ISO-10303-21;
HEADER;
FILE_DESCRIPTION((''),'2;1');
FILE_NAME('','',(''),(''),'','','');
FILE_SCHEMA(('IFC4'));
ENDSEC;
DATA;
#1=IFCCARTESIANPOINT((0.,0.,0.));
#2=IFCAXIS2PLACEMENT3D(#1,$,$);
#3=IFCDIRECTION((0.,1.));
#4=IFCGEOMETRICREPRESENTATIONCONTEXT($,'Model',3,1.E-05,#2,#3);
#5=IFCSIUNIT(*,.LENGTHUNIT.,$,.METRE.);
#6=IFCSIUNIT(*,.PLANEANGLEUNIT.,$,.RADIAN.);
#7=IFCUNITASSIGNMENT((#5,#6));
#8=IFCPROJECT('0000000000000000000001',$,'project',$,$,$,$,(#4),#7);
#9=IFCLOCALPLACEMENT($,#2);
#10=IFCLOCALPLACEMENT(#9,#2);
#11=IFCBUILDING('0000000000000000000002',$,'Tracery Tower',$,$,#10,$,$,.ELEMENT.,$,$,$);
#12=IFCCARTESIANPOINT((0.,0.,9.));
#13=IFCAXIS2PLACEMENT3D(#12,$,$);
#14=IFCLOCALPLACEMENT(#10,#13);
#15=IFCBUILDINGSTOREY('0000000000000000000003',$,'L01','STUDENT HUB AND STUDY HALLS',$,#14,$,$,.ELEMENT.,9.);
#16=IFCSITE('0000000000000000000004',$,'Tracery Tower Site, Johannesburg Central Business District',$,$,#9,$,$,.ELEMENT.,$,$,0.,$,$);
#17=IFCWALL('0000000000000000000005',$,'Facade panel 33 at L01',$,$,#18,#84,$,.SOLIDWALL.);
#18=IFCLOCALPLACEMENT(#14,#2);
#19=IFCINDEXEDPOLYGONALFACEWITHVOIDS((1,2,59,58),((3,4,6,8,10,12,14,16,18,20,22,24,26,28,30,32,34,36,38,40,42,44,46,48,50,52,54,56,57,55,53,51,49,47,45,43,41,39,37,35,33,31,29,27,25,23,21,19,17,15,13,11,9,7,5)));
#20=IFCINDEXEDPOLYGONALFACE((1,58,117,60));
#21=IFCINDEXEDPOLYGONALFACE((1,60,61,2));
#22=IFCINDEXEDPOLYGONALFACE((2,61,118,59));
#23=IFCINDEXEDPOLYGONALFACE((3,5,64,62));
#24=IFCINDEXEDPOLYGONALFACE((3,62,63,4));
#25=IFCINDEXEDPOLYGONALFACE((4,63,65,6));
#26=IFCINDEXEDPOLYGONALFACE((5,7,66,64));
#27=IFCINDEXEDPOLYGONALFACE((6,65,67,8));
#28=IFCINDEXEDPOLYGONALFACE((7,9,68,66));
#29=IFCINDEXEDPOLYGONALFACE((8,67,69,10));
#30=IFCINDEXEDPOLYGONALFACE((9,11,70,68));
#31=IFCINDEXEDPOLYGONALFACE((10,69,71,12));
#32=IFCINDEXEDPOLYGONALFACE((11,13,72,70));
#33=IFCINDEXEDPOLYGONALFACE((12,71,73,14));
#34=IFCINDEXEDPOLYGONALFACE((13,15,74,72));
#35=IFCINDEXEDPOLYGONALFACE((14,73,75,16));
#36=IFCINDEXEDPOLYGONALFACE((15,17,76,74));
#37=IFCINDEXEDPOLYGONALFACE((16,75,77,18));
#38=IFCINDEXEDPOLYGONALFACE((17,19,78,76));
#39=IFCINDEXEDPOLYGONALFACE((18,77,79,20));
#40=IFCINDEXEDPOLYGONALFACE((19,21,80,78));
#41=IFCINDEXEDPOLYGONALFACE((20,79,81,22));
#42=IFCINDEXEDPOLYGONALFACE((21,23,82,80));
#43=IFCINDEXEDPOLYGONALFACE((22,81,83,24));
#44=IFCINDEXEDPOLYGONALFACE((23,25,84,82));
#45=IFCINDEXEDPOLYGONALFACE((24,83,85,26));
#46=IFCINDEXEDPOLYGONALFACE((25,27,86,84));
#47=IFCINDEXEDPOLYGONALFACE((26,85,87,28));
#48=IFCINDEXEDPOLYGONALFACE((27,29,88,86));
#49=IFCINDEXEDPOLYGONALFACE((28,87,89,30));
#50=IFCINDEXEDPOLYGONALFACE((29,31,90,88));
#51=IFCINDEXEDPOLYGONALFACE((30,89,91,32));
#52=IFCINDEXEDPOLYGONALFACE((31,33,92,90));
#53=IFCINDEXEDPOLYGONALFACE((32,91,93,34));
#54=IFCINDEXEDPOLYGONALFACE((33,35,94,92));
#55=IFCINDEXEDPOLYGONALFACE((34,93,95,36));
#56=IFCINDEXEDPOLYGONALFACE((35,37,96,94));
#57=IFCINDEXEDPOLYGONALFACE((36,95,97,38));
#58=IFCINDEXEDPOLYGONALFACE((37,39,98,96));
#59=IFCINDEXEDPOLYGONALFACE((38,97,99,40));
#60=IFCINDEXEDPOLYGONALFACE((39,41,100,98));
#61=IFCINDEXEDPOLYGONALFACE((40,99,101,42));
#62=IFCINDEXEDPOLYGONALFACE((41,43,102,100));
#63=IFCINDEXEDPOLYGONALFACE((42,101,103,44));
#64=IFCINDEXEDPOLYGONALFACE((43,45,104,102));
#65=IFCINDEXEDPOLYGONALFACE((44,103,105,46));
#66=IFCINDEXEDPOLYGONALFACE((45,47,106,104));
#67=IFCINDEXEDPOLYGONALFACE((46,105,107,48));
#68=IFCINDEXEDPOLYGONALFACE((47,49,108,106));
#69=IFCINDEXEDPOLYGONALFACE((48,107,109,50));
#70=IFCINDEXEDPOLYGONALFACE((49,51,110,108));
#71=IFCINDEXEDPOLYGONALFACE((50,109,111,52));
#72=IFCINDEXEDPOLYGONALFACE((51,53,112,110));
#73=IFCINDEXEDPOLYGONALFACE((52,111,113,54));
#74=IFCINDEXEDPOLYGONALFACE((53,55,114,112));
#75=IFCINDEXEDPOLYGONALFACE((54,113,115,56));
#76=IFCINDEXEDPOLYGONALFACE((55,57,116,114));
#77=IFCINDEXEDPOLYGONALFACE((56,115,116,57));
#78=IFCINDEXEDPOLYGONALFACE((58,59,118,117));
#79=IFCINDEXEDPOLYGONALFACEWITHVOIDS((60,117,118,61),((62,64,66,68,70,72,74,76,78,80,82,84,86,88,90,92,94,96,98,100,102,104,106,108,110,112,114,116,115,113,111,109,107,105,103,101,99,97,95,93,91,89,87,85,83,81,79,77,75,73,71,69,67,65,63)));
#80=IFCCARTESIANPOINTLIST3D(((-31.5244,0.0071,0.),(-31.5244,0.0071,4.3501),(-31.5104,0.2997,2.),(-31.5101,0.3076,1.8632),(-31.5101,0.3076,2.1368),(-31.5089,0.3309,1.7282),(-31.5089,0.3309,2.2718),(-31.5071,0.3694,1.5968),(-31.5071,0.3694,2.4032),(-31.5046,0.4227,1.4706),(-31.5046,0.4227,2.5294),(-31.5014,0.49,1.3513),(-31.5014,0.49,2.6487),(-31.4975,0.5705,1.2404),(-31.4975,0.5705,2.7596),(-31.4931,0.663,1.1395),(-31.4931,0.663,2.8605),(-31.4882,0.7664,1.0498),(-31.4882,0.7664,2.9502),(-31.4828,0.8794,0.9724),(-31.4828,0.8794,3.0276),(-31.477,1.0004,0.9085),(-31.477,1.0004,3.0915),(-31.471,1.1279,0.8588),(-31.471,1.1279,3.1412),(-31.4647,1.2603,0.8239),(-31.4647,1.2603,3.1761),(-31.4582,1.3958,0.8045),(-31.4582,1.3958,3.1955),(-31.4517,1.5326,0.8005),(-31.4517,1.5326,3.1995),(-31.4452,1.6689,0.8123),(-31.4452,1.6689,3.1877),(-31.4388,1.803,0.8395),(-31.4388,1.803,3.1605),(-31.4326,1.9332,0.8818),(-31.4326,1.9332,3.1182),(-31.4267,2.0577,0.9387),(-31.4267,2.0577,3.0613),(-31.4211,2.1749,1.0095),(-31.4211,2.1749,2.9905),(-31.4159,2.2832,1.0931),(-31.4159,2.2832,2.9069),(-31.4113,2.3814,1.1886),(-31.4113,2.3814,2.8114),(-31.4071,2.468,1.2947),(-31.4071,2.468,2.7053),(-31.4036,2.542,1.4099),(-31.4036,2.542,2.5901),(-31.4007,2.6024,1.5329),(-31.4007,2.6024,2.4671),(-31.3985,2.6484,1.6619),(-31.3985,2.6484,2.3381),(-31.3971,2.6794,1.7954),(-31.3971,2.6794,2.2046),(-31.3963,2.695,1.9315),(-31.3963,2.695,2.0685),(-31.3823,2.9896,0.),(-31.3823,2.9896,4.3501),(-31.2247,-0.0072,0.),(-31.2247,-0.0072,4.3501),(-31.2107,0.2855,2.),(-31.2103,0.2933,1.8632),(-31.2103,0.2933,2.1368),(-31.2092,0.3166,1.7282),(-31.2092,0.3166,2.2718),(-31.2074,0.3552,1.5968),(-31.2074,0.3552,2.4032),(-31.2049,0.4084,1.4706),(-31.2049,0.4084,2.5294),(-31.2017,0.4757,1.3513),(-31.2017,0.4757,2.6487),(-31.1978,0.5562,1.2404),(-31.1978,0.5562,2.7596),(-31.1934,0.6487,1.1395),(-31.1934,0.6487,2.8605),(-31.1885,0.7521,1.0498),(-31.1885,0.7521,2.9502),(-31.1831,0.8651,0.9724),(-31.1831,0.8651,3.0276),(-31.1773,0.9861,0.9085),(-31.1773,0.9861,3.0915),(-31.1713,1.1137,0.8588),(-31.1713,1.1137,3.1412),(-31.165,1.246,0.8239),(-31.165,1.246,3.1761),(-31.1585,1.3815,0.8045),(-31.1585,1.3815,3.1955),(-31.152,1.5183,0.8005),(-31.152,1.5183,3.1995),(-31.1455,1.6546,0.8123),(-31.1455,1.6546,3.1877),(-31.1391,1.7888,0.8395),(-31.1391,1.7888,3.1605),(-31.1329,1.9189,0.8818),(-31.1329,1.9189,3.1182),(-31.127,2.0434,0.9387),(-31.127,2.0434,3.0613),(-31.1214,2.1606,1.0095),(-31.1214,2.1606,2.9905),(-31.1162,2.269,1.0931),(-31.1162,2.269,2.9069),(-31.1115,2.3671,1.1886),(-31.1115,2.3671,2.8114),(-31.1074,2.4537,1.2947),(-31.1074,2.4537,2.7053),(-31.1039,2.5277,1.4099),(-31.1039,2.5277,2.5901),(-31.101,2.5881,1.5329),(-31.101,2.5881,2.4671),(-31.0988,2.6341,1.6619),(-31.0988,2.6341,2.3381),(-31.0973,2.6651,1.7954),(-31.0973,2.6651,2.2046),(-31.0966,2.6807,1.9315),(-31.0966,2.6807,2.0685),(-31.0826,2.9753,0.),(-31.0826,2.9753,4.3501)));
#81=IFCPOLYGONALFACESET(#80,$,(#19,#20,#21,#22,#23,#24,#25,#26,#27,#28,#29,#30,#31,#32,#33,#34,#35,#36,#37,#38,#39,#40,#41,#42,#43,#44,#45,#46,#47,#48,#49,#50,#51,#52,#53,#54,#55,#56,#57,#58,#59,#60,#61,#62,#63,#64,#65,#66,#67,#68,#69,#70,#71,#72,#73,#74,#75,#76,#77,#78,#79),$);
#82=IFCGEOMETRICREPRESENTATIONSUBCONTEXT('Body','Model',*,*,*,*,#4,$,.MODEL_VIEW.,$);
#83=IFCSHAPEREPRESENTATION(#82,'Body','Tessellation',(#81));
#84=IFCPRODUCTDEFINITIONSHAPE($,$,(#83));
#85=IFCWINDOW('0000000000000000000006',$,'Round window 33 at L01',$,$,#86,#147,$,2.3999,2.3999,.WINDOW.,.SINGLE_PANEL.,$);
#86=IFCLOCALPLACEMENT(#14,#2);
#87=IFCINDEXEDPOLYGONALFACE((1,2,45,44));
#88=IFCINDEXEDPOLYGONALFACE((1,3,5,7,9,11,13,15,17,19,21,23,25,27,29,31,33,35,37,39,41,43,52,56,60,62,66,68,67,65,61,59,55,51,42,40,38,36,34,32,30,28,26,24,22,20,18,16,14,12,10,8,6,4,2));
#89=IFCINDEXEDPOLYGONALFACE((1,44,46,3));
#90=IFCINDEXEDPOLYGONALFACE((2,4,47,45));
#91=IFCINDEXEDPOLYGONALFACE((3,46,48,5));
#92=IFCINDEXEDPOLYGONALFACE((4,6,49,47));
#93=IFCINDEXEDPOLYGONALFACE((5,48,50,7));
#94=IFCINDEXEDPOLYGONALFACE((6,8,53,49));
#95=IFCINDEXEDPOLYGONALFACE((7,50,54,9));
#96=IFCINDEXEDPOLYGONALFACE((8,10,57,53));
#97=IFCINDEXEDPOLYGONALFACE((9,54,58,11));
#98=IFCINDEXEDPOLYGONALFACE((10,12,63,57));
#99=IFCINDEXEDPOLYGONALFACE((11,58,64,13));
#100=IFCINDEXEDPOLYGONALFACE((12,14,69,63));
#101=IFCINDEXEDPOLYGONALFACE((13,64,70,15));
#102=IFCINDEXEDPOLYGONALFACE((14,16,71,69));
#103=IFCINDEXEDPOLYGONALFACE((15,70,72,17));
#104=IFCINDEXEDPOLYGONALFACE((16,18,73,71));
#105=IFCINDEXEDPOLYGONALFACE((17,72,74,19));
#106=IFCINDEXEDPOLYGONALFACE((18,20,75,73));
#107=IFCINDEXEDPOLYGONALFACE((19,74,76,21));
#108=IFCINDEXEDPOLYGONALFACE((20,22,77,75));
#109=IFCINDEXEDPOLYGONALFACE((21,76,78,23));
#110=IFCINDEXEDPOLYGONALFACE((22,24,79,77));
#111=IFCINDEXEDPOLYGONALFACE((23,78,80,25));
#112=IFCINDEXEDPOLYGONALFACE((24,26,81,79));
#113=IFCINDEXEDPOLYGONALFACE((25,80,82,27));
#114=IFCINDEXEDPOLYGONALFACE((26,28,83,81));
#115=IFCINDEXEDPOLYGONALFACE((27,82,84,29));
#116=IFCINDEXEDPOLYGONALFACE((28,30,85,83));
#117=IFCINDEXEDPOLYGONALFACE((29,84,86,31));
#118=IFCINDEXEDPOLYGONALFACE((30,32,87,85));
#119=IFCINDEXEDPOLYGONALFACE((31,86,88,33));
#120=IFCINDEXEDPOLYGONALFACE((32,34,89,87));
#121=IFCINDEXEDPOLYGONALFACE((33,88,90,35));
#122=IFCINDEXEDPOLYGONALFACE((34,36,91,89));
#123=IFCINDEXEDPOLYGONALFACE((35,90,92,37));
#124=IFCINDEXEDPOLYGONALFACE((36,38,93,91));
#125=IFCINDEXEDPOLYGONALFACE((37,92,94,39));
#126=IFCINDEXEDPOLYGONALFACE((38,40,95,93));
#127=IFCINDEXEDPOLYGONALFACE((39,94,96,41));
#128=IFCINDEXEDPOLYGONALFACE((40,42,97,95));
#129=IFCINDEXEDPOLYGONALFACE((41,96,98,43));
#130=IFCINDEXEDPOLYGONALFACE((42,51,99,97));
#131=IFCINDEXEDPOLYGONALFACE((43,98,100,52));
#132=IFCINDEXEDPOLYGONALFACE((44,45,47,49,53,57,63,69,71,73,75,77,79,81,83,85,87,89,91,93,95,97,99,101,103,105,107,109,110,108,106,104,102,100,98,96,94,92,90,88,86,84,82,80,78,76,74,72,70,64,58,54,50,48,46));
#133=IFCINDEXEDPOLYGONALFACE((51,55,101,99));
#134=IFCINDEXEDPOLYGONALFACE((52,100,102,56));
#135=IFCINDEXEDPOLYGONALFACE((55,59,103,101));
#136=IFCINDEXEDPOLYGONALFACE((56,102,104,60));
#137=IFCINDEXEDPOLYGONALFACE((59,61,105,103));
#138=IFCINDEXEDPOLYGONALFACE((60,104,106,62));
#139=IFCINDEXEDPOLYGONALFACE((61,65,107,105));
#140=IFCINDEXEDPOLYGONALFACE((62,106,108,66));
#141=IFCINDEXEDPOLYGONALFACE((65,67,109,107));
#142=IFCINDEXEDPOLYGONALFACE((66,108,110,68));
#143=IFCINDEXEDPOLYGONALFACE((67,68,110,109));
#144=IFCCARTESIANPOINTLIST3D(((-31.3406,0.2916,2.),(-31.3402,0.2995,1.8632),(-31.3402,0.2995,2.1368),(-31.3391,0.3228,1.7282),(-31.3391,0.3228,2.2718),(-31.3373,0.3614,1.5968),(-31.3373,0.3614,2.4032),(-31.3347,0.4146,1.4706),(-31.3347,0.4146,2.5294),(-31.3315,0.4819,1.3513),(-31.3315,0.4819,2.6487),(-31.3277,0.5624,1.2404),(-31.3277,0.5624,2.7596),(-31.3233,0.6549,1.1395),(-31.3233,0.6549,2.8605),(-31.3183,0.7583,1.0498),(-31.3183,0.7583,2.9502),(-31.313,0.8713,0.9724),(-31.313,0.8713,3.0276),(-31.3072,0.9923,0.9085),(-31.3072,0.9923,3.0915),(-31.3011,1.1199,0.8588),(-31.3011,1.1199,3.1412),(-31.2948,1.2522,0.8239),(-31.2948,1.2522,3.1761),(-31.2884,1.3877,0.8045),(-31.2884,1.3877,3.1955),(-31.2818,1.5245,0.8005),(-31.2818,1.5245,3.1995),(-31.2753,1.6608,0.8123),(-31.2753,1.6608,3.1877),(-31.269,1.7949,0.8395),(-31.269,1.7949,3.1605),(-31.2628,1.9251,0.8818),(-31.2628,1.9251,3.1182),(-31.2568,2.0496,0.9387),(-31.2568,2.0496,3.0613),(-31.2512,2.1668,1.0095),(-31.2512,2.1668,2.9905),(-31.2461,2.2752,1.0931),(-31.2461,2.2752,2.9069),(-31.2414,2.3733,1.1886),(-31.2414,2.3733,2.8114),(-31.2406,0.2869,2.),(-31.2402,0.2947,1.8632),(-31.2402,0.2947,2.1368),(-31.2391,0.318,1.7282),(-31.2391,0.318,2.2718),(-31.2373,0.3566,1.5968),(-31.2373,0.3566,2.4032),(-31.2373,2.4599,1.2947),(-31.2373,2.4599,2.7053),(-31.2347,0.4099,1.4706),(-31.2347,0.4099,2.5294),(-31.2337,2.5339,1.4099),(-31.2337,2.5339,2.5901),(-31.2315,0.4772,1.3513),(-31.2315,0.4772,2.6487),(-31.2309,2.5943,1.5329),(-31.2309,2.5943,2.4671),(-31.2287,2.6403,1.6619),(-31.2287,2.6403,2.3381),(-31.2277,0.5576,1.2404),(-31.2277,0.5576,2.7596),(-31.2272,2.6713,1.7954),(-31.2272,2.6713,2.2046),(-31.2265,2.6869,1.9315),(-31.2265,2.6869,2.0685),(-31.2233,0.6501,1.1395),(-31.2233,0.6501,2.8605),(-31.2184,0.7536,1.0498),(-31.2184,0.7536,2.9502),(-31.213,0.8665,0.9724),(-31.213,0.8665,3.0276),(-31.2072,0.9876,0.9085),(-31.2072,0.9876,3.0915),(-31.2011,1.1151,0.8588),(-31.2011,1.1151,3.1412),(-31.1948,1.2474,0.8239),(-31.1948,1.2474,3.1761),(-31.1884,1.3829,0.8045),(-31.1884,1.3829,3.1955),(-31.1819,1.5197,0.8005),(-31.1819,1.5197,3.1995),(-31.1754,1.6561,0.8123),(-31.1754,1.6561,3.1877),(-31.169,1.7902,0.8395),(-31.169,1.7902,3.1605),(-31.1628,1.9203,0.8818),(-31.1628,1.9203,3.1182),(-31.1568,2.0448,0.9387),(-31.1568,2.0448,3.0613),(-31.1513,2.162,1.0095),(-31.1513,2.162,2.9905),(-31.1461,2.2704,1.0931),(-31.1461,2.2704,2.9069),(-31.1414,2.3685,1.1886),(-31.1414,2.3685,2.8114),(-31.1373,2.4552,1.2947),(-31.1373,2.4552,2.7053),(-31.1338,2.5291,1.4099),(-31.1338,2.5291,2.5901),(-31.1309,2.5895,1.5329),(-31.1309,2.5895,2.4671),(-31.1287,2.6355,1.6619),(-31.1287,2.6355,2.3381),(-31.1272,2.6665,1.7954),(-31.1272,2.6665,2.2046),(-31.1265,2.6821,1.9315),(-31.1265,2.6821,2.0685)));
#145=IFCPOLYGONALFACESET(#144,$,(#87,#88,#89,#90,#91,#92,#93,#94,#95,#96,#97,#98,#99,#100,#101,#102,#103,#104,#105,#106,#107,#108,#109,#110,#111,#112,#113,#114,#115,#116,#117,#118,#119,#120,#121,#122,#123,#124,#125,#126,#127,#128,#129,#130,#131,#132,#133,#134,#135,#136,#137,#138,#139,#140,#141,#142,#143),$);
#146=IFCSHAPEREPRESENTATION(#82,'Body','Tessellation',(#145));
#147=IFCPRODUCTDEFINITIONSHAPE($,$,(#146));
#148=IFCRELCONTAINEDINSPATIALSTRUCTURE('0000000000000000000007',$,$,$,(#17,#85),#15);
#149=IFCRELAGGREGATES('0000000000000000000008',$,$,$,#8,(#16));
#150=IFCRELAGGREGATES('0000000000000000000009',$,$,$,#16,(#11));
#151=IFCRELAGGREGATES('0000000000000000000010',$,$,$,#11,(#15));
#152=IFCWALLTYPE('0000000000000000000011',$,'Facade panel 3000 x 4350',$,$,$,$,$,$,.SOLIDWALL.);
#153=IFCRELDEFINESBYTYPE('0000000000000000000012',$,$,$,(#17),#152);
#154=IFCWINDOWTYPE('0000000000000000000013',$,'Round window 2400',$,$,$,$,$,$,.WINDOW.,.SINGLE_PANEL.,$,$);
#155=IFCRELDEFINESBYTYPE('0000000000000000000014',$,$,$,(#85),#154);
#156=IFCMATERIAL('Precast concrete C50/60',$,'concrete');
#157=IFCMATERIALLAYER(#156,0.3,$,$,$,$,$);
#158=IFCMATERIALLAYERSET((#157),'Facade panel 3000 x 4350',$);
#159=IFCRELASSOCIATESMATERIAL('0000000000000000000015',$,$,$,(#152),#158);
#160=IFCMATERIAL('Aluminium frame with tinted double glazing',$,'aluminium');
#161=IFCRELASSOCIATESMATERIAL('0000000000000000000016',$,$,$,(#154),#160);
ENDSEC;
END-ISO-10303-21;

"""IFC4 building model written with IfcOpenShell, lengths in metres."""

from ifc_helpers import new_model, si_unit, direction, frame, frame_2d, origin, origin_2d, place, context, subcontext, project, spatial, rectangle, circle, extrude, material, layer, layer_set, type_object, element, fill, save


model = new_model("IFC4")

# Units and contexts
model_context = context("Model", 3, precision=1e-05, world=origin(), true_north=direction((0.0, 1.0)))
body_context = subcontext(model_context, "Body", "Model", "MODEL_VIEW")
ifc_project = project(units=[si_unit("LENGTHUNIT", "METRE"), si_unit("PLANEANGLEUNIT", "RADIAN")], contexts=[model_context])

# Site, building, storey
site_placement = place(None, origin())
site = spatial("IfcSite", under=ifc_project, at=site_placement, Name="Tracery Tower Site, Johannesburg Central Business District", CompositionType="ELEMENT", RefElevation=0.0)
building_placement = place(site_placement, origin())
building = spatial("IfcBuilding", under=site, at=building_placement, Name="Tracery Tower", CompositionType="ELEMENT")
storey_placement = place(building_placement, frame((0.0, 0.0, 9.0)))
storey = spatial("IfcBuildingStorey", under=building, at=storey_placement, Name="L01", Description="STUDENT HUB AND STUDY HALLS", CompositionType="ELEMENT", Elevation=9.0)

# Wall, opening, window
ifc_material_1 = material(Name="Precast concrete C50/60", Category="concrete")
ifc_layer_1 = layer(ifc_material_1, 0.3)
ifc_layer_set_1 = layer_set([ifc_layer_1], Name="Facade panel 3000 x 4350")
wall_type_1 = type_object("IfcWallType", Name="Facade panel 3000 x 4350", PredefinedType="SOLIDWALL", material=ifc_layer_set_1)
ifc_material_2 = material(Name="Aluminium frame with tinted double glazing", Category="aluminium")
window_type = type_object("IfcWindowType", Name="Round window 2400", PartitioningType="SINGLE_PANEL", PredefinedType="WINDOW", material=ifc_material_2)
wall_1_placement = place(storey_placement, frame((-31.2324, 2.9824, 0.0), z_axis=(0.0, 0.0, 1.0), x_axis=(-0.047588, -0.998867, 0.0)))
wall_1 = element("IfcWall", 1, at=wall_1_placement, inside=storey, type_object=wall_type_1, Name="Facade panel 33 at L01", PredefinedType="SOLIDWALL", context=body_context, shape_type="SweptSolid", body=[
    extrude(rectangle(XDim=2.9858, YDim=0.3, at=frame_2d((1.4929, 0.0))), origin(), (0.0, 0.0, 1.0), 4.3501),
])
opening_1_placement = place(wall_1_placement, frame((1.4929, 0.0, 2.0)))
opening_1 = element("IfcOpeningElement", 2, at=opening_1_placement, cuts=wall_1, PredefinedType="OPENING", context=body_context, shape_type="SweptSolid", body=[
    extrude(circle(Radius=1.2, at=origin_2d()), frame((0.0, 0.1599, 0.0), z_axis=(0.0, -1.0, 0.0), x_axis=(1.0, 0.0, 0.0)), (0.0, 0.0, 1.0), 0.3201),
])
window_1_placement = place(opening_1_placement, origin())
window_1 = element("IfcWindow", 3, at=window_1_placement, inside=storey, type_object=window_type, Name="Round window 33 at L01", OverallHeight=2.3999, OverallWidth=2.3999, PartitioningType="SINGLE_PANEL", PredefinedType="WINDOW", context=body_context, shape_type="SweptSolid", body=[
    extrude(circle(Radius=1.2, at=origin_2d()), frame((0.0, 0.1201, 0.0), z_axis=(0.0, -1.0, 0.0), x_axis=(1.0, 0.0, 0.0)), (0.0, 0.0, 1.0), 0.1001),
])
fill(opening_1, window_1)

save(model, "model.ifc")
